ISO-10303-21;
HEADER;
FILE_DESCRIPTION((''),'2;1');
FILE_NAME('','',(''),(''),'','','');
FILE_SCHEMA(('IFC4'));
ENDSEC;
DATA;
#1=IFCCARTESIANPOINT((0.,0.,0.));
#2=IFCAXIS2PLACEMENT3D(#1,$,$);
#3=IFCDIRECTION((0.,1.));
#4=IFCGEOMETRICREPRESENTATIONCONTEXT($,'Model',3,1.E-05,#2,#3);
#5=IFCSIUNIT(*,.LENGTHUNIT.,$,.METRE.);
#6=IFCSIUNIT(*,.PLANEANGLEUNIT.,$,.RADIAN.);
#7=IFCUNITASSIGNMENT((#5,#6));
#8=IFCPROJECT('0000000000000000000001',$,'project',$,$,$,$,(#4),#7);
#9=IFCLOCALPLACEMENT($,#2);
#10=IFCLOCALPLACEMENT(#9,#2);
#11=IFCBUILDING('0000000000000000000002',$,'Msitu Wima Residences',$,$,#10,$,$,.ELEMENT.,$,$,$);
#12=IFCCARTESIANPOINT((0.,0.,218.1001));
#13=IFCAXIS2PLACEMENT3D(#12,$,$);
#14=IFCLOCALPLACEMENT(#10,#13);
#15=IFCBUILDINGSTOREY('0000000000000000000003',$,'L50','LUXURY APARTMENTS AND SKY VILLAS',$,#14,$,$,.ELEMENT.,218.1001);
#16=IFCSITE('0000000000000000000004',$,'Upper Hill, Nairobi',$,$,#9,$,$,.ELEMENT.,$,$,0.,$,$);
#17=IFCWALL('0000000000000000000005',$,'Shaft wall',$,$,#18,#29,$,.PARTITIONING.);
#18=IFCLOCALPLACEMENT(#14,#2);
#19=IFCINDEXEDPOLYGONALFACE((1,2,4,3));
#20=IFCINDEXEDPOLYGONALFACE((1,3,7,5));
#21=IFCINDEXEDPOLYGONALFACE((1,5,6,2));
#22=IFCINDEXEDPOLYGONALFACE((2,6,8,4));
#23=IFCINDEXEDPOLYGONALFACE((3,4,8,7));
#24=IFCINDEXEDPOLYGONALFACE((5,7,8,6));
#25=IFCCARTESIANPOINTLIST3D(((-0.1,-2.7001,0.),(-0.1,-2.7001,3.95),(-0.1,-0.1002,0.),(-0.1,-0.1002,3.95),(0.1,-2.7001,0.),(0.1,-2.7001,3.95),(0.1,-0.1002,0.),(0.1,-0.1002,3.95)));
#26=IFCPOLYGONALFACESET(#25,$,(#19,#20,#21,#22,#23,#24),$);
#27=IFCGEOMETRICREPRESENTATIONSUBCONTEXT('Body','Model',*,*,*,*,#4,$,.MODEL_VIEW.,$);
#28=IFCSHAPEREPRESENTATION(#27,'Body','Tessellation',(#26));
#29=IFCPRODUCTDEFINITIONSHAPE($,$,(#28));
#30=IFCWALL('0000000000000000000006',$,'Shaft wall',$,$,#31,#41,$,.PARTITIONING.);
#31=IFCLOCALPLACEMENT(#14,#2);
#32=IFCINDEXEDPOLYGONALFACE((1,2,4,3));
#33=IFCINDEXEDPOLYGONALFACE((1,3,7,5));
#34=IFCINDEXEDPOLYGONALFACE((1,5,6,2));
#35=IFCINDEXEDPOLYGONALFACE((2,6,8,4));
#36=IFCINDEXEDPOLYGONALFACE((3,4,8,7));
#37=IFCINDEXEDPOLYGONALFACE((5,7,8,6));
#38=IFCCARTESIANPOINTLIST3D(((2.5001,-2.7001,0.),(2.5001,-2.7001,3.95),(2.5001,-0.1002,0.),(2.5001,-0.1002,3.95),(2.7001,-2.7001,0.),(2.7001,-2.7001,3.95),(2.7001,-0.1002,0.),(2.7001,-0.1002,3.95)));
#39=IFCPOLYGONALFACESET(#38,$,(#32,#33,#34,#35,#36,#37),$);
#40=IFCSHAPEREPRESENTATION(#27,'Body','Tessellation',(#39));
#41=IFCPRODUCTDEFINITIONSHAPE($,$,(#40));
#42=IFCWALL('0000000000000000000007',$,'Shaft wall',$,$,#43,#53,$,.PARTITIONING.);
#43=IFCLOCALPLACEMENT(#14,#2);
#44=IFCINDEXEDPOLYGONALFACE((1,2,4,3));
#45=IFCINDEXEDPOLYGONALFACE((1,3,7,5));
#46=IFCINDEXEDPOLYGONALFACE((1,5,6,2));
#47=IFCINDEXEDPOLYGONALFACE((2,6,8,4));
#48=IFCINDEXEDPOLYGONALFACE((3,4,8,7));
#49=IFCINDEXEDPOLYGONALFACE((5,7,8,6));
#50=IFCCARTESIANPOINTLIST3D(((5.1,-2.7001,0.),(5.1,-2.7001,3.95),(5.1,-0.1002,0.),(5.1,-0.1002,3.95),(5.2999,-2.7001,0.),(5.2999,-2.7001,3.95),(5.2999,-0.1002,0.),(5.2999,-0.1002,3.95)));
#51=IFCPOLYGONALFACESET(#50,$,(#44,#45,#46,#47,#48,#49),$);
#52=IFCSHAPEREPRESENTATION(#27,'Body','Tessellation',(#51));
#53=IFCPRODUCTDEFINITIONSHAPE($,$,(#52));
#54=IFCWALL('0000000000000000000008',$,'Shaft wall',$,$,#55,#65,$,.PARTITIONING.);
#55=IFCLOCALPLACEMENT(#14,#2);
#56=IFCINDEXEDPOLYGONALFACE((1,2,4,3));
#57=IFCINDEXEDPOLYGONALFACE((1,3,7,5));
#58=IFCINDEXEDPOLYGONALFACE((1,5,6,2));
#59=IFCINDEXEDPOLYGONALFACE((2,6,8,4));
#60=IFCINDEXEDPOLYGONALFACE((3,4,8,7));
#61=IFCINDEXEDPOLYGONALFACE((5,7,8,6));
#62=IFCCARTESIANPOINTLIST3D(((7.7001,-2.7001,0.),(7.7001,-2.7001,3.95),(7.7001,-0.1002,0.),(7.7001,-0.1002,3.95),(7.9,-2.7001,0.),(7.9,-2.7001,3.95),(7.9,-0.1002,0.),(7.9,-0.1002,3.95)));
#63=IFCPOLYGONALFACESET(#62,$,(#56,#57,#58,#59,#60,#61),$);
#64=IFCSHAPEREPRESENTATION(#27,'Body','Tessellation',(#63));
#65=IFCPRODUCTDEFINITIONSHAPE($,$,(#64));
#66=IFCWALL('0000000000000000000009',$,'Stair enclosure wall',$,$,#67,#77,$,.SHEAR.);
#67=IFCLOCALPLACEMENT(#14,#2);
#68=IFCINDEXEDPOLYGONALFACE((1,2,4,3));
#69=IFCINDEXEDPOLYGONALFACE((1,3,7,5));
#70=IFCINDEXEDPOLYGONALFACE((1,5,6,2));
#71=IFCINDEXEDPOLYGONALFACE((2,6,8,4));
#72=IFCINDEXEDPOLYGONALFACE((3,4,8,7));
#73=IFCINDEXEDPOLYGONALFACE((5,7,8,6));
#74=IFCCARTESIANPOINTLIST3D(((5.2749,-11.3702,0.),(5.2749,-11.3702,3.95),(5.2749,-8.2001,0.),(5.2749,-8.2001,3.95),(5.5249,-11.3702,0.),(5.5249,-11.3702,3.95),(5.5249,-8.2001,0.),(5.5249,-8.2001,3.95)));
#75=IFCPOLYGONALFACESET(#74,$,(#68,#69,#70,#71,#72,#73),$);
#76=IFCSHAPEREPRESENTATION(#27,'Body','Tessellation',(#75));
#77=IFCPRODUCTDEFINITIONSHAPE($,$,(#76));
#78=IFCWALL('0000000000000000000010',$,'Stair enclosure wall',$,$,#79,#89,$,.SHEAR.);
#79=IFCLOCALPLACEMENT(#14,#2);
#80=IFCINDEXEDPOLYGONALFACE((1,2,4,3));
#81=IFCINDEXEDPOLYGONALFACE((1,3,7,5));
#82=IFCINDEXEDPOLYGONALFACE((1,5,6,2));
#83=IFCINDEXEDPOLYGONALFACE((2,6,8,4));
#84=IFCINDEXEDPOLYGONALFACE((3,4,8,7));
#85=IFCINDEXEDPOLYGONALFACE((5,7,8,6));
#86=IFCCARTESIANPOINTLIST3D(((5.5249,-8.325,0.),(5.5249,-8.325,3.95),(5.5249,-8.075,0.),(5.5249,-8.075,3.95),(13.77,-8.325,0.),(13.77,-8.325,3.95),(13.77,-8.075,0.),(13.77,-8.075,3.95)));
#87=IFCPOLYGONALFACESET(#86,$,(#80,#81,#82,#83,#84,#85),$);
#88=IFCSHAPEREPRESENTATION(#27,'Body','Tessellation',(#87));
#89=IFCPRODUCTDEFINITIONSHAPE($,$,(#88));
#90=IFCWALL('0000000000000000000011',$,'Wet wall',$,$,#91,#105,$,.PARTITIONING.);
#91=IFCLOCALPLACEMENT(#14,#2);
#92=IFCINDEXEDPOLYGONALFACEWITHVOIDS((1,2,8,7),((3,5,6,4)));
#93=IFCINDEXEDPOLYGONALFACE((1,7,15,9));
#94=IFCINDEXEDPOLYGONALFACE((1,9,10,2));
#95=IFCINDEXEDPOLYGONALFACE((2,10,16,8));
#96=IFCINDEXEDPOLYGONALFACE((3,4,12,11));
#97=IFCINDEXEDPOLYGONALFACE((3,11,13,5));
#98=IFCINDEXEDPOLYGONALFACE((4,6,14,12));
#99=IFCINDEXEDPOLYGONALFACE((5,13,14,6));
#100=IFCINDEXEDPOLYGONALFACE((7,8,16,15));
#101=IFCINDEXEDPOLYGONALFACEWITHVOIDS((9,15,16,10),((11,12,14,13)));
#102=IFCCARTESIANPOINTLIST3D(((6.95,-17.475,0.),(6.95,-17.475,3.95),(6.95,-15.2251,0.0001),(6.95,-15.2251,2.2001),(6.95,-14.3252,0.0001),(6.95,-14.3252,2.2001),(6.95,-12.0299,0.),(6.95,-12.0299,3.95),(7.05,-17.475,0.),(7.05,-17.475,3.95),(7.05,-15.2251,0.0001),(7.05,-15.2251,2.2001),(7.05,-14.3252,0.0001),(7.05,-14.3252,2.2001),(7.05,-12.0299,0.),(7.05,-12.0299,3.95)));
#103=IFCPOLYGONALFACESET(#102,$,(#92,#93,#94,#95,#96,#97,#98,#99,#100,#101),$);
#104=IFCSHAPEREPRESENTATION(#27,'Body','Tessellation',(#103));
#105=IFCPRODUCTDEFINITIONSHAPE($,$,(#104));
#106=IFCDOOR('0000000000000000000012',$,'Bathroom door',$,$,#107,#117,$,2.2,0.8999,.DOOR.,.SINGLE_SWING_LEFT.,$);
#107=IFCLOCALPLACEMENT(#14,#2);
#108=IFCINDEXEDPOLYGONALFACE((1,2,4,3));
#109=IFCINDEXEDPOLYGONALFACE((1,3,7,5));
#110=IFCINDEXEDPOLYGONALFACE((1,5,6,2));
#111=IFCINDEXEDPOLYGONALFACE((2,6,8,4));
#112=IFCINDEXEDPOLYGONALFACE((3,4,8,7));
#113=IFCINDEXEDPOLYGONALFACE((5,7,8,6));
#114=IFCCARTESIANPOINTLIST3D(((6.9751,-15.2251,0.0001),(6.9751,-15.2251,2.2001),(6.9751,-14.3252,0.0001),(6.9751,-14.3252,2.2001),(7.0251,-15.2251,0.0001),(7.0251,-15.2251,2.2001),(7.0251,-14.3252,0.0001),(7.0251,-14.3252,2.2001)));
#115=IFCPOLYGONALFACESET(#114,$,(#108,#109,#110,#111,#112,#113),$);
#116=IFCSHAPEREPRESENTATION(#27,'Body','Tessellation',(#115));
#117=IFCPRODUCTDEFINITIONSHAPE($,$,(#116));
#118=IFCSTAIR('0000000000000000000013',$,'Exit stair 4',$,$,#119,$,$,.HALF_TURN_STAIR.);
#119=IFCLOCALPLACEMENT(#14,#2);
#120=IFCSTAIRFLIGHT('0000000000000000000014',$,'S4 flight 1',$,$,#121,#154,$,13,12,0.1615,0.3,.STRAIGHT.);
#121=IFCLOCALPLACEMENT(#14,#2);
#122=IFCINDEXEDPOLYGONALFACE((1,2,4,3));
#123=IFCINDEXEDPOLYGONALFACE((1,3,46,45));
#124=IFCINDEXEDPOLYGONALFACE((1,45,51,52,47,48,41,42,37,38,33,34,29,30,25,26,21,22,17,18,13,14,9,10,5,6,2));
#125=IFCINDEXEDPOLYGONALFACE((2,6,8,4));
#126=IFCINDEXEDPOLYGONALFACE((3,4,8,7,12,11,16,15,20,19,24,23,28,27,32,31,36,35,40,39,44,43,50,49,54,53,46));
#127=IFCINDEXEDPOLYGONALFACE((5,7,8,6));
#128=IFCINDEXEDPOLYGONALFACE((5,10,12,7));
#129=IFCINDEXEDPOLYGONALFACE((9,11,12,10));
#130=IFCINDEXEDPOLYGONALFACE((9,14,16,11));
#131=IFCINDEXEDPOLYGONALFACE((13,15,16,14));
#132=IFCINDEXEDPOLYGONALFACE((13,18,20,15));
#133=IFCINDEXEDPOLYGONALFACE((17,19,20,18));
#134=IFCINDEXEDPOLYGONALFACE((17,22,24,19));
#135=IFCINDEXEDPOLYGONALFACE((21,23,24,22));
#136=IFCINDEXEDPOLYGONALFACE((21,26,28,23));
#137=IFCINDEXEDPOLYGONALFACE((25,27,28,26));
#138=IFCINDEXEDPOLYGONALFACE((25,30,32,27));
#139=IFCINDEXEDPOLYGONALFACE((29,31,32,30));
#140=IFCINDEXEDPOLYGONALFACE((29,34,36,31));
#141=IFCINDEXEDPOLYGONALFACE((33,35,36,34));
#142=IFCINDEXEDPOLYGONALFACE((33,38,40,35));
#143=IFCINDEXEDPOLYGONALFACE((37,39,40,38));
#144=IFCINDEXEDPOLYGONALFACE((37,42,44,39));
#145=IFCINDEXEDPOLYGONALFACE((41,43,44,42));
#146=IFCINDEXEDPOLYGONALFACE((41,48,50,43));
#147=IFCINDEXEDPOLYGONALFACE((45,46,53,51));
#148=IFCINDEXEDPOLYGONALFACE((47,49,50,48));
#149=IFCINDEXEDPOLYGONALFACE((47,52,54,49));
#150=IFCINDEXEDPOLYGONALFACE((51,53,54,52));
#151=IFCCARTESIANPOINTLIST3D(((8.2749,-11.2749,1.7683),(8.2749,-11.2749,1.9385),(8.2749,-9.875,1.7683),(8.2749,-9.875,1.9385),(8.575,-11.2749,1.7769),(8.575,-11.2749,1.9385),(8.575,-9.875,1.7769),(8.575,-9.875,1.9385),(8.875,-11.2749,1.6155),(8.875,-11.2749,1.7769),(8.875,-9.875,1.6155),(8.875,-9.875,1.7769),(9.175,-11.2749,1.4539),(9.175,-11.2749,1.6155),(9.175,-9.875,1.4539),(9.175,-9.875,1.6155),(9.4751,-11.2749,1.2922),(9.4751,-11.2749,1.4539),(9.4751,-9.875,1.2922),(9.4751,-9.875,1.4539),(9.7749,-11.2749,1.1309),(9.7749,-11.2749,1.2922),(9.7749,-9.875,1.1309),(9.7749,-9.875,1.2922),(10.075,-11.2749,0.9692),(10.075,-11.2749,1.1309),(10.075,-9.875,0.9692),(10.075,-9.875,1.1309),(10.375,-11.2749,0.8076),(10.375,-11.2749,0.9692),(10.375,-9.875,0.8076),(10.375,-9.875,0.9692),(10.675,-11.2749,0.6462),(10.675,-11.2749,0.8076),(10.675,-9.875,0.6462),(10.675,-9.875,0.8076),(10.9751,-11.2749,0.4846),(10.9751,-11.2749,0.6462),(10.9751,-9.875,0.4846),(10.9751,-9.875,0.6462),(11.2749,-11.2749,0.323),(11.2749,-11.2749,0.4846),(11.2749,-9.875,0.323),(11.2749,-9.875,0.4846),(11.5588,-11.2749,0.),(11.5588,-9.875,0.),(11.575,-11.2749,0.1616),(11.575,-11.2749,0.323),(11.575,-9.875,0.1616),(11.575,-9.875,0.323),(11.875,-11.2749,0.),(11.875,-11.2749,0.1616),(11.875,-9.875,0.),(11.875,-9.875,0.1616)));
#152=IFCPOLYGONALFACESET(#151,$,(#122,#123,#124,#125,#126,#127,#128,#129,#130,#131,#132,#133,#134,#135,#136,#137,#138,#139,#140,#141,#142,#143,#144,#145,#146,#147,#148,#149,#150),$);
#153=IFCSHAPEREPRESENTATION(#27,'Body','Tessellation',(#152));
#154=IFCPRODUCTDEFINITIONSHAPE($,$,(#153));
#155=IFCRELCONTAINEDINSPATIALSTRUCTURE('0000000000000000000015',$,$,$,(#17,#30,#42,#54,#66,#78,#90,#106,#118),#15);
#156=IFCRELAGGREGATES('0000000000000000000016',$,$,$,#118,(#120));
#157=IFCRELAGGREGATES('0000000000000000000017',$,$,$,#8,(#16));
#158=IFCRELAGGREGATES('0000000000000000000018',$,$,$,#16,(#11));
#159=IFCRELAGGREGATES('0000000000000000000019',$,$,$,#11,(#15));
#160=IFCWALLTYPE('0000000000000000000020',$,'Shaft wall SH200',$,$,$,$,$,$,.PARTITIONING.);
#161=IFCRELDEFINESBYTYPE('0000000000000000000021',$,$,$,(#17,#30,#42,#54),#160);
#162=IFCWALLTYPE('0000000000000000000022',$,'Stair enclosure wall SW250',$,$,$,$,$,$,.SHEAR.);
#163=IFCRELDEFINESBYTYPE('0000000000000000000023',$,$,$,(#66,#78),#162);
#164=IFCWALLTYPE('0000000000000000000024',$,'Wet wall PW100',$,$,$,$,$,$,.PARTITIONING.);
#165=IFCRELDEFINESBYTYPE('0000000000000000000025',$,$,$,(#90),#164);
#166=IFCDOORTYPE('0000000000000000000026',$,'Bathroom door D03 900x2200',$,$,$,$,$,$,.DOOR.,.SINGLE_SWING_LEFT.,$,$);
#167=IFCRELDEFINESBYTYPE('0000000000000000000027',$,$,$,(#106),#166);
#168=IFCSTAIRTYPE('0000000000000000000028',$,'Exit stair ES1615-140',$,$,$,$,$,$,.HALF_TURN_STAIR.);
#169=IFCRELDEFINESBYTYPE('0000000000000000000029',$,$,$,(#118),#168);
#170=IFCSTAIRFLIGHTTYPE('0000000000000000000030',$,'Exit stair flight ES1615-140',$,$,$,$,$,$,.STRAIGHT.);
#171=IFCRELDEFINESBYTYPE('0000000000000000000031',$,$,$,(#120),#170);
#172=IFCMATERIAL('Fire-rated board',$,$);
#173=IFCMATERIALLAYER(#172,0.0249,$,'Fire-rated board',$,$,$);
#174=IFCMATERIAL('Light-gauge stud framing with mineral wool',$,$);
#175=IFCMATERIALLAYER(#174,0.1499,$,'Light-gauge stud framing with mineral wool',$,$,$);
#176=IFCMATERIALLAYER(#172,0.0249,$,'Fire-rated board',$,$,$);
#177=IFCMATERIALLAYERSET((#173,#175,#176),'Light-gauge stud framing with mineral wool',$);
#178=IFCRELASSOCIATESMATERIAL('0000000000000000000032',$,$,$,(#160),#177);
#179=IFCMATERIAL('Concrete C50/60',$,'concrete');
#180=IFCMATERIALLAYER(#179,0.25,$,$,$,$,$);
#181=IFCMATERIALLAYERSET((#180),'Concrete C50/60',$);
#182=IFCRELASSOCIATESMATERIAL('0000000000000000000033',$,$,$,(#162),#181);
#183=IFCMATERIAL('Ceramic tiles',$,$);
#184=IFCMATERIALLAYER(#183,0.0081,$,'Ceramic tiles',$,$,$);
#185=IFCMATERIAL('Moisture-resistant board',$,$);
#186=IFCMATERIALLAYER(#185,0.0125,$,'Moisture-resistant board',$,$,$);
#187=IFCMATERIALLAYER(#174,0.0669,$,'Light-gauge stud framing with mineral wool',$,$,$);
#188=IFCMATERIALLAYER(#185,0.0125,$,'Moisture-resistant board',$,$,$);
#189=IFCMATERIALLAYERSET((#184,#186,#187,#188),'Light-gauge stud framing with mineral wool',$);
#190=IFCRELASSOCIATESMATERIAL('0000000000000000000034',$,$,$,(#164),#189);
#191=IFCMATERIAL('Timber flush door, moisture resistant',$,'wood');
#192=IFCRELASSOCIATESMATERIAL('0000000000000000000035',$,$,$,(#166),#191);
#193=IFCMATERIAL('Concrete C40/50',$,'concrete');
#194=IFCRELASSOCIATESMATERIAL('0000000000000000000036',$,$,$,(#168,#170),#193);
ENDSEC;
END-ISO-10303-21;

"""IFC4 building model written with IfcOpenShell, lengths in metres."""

from ifc_helpers import new_model, si_unit, direction, frame, frame_2d, origin, place, context, subcontext, project, spatial, polyline, rectangle, outline, extrude, material, layer, layer_set, type_object, element, fill, aggregate, save


model = new_model("IFC4")

# Units and contexts
model_context = context("Model", 3, precision=1e-05, world=origin(), true_north=direction((0.0, 1.0)))
body_context = subcontext(model_context, "Body", "Model", "MODEL_VIEW")
ifc_project = project(units=[si_unit("LENGTHUNIT", "METRE"), si_unit("PLANEANGLEUNIT", "RADIAN")], contexts=[model_context])

# Site, building, storey
site_placement = place(None, origin())
site = spatial("IfcSite", under=ifc_project, at=site_placement, Name="Upper Hill, Nairobi", CompositionType="ELEMENT", RefElevation=0.0)
building_placement = place(site_placement, origin())
building = spatial("IfcBuilding", under=site, at=building_placement, Name="Msitu Wima Residences", CompositionType="ELEMENT")
storey_placement = place(building_placement, frame((0.0, 0.0, 218.1001)))
storey = spatial("IfcBuildingStorey", under=building, at=storey_placement, Name="L50", Description="LUXURY APARTMENTS AND SKY VILLAS", CompositionType="ELEMENT", Elevation=218.1001)

# Shared definitions
ifc_material_1 = material(Name="Concrete C40/50", Category="concrete")

# Walls
ifc_material_2 = material(Name="Fire-rated board")
ifc_layer_1 = layer(ifc_material_2, 0.0249, Name="Fire-rated board")
ifc_material_3 = material(Name="Light-gauge stud framing with mineral wool")
ifc_layer_2 = layer(ifc_material_3, 0.1499, Name="Light-gauge stud framing with mineral wool")
ifc_layer_3 = layer(ifc_material_2, 0.0249, Name="Fire-rated board")
ifc_layer_set_1 = layer_set([ifc_layer_1, ifc_layer_2, ifc_layer_3], Name="Light-gauge stud framing with mineral wool")
wall_type_1 = type_object("IfcWallType", Name="Shaft wall SH200", PredefinedType="PARTITIONING", material=ifc_layer_set_1)
for number, where, z_axis, x_axis, name in (
    (1, (0.0, -2.7, 0.0), (0.0, 0.0, 1.0), (0.0, 1.0, 0.0), "Shaft wall"),
    (2, (2.6001, -2.7, 0.0), (0.0, 0.0, 1.0), (0.0, 1.0, 0.0), "Shaft wall"),
    (3, (5.2, -2.7, 0.0), (0.0, 0.0, 1.0), (0.0, 1.0, 0.0), "Shaft wall"),
    (4, (7.8, -2.7, 0.0), (0.0, 0.0, 1.0), (0.0, 1.0, 0.0), "Shaft wall"),
):
    element("IfcWall", number, at=place(storey_placement, frame(where, z_axis=z_axis, x_axis=x_axis)), inside=storey, type_object=wall_type_1, Name=name, PredefinedType="PARTITIONING", context=body_context, shape_type="SweptSolid", body=[
        extrude(rectangle(XDim=2.5999, YDim=0.2, at=frame_2d((1.2998, 0.0))), origin(), (0.0, 0.0, 1.0), 3.95),
    ])
ifc_material_4 = material(Name="Concrete C50/60", Category="concrete")
ifc_layer_4 = layer(ifc_material_4, 0.25)
ifc_layer_set_2 = layer_set([ifc_layer_4], Name="Concrete C50/60")
wall_type_2 = type_object("IfcWallType", Name="Stair enclosure wall SW250", PredefinedType="SHEAR", material=ifc_layer_set_2)
wall_1_placement = place(storey_placement, frame((5.3999, -11.3701, 0.0), z_axis=(0.0, 0.0, 1.0), x_axis=(0.0, 1.0, 0.0)))
element("IfcWall", 5, at=wall_1_placement, inside=storey, type_object=wall_type_2, Name="Stair enclosure wall", PredefinedType="SHEAR", context=body_context, shape_type="SweptSolid", body=[
    extrude(rectangle(XDim=3.1702, YDim=0.25, at=frame_2d((1.585, 0.0))), origin(), (0.0, 0.0, 1.0), 3.95),
])
wall_2_placement = place(storey_placement, frame((5.5249, -8.2, 0.0), z_axis=(0.0, 0.0, 1.0), x_axis=(1.0, 0.0, 0.0)))
element("IfcWall", 6, at=wall_2_placement, inside=storey, type_object=wall_type_2, Name="Stair enclosure wall", PredefinedType="SHEAR", context=body_context, shape_type="SweptSolid", body=[
    extrude(rectangle(XDim=8.2451, YDim=0.25, at=frame_2d((4.1226, 0.0))), origin(), (0.0, 0.0, 1.0), 3.95),
])

# Wall, opening, door
ifc_material_5 = material(Name="Ceramic tiles")
ifc_layer_5 = layer(ifc_material_5, 0.0081, Name="Ceramic tiles")
ifc_material_6 = material(Name="Moisture-resistant board")
ifc_layer_6 = layer(ifc_material_6, 0.0125, Name="Moisture-resistant board")
ifc_layer_7 = layer(ifc_material_3, 0.0669, Name="Light-gauge stud framing with mineral wool")
ifc_layer_8 = layer(ifc_material_6, 0.0125, Name="Moisture-resistant board")
ifc_layer_set_3 = layer_set([ifc_layer_5, ifc_layer_6, ifc_layer_7, ifc_layer_8], Name="Light-gauge stud framing with mineral wool")
wall_type_3 = type_object("IfcWallType", Name="Wet wall PW100", PredefinedType="PARTITIONING", material=ifc_layer_set_3)
wall_3_placement = place(storey_placement, frame((7.0, -17.4751, 0.0), z_axis=(0.0, 0.0, 1.0), x_axis=(0.0, 1.0, 0.0)))
wall_3 = element("IfcWall", 7, at=wall_3_placement, inside=storey, type_object=wall_type_3, Name="Wet wall", PredefinedType="PARTITIONING", context=body_context, shape_type="SweptSolid", body=[
    extrude(rectangle(XDim=5.4451, YDim=0.1001, at=frame_2d((2.7227, 0.0))), origin(), (0.0, 0.0, 1.0), 3.95),
])
opening_1_placement = place(wall_3_placement, frame((2.25, 0.0, 0.0)))
opening_1 = element("IfcOpeningElement", 8, at=opening_1_placement, cuts=wall_3, PredefinedType="OPENING", context=body_context, shape_type="SweptSolid", body=[
    extrude(rectangle(XDim=0.8999, YDim=2.2, at=frame_2d((0.45, 1.1001))), frame((0.0, 0.0601, 0.0), z_axis=(0.0, -1.0, 0.0), x_axis=(1.0, 0.0, 0.0)), (0.0, 0.0, 1.0), 0.1201),
])
ifc_material_7 = material(Name="Timber flush door, moisture resistant", Category="wood")
door_type_1 = type_object("IfcDoorType", Name="Bathroom door D03 900x2200", OperationType="SINGLE_SWING_LEFT", PredefinedType="DOOR", material=ifc_material_7)
door_1_placement = place(opening_1_placement, origin())
door_1 = element("IfcDoor", 9, at=door_1_placement, inside=storey, type_object=door_type_1, Name="Bathroom door", OperationType="SINGLE_SWING_LEFT", OverallHeight=2.2, OverallWidth=0.8999, PredefinedType="DOOR", context=body_context, shape_type="SweptSolid", body=[
    extrude(rectangle(XDim=0.8999, YDim=2.2, at=frame_2d((0.45, 1.1001))), frame((0.0, 0.0249, 0.0), z_axis=(0.0, -1.0, 0.0), x_axis=(1.0, 0.0, 0.0)), (0.0, 0.0, 1.0), 0.05),
])
fill(opening_1, door_1)

# Stair, stair flight
stair_type = type_object("IfcStairType", Name="Exit stair ES1615-140", PredefinedType="HALF_TURN_STAIR", material=ifc_material_1)
stair_placement = place(storey_placement, origin())
stair = element("IfcStair", 10, at=stair_placement, inside=storey, type_object=stair_type, Name="Exit stair 4", PredefinedType="HALF_TURN_STAIR")
stair_flight_type = type_object("IfcStairFlightType", Name="Exit stair flight ES1615-140", PredefinedType="STRAIGHT", material=ifc_material_1)
stair_flight_1_placement = place(storey_placement, frame((11.875, -10.575, 0.0), z_axis=(0.0, 0.0, 1.0), x_axis=(-1.0, 0.0, 0.0)))
stair_flight_1 = element("IfcStairFlight", 11, at=stair_flight_1_placement, type_object=stair_flight_type, Name="S4 flight 1", NumberOfRisers=13, NumberOfTreads=12, PredefinedType="STRAIGHT", RiserHeight=0.1615, TreadLength=0.3, context=body_context, shape_type="SweptSolid", body=[
    extrude(outline(polyline([(0.0, 0.0), (0.0, 0.1616), (0.3, 0.1616), (0.3, 0.323), (0.6001, 0.323), (0.6001, 0.4846), (0.8999, 0.4846), (0.8999, 0.6462), (1.2, 0.6462), (1.2, 0.8076), (1.5, 0.8076), (1.5, 0.9692), (1.8, 0.9692), (1.8, 1.1309), (2.1001, 1.1309), (2.1001, 1.2922), (2.3999, 1.2922), (2.3999, 1.4539), (2.7, 1.4539), (2.7, 1.6155), (3.0, 1.6155), (3.0, 1.7769), (3.3, 1.7769), (3.3, 1.9385), (3.6001, 1.9385), (3.6001, 2.1001), (3.6001, 1.7683), (0.3162, 0.0), (0.0, 0.0)])), frame((0.0, 0.7, 0.0), z_axis=(0.0, -1.0, 0.0), x_axis=(1.0, 0.0, 0.0)), (0.0, 0.0, 1.0), 1.3999),
])
aggregate(stair, [stair_flight_1])

save(model, "model.ifc")
